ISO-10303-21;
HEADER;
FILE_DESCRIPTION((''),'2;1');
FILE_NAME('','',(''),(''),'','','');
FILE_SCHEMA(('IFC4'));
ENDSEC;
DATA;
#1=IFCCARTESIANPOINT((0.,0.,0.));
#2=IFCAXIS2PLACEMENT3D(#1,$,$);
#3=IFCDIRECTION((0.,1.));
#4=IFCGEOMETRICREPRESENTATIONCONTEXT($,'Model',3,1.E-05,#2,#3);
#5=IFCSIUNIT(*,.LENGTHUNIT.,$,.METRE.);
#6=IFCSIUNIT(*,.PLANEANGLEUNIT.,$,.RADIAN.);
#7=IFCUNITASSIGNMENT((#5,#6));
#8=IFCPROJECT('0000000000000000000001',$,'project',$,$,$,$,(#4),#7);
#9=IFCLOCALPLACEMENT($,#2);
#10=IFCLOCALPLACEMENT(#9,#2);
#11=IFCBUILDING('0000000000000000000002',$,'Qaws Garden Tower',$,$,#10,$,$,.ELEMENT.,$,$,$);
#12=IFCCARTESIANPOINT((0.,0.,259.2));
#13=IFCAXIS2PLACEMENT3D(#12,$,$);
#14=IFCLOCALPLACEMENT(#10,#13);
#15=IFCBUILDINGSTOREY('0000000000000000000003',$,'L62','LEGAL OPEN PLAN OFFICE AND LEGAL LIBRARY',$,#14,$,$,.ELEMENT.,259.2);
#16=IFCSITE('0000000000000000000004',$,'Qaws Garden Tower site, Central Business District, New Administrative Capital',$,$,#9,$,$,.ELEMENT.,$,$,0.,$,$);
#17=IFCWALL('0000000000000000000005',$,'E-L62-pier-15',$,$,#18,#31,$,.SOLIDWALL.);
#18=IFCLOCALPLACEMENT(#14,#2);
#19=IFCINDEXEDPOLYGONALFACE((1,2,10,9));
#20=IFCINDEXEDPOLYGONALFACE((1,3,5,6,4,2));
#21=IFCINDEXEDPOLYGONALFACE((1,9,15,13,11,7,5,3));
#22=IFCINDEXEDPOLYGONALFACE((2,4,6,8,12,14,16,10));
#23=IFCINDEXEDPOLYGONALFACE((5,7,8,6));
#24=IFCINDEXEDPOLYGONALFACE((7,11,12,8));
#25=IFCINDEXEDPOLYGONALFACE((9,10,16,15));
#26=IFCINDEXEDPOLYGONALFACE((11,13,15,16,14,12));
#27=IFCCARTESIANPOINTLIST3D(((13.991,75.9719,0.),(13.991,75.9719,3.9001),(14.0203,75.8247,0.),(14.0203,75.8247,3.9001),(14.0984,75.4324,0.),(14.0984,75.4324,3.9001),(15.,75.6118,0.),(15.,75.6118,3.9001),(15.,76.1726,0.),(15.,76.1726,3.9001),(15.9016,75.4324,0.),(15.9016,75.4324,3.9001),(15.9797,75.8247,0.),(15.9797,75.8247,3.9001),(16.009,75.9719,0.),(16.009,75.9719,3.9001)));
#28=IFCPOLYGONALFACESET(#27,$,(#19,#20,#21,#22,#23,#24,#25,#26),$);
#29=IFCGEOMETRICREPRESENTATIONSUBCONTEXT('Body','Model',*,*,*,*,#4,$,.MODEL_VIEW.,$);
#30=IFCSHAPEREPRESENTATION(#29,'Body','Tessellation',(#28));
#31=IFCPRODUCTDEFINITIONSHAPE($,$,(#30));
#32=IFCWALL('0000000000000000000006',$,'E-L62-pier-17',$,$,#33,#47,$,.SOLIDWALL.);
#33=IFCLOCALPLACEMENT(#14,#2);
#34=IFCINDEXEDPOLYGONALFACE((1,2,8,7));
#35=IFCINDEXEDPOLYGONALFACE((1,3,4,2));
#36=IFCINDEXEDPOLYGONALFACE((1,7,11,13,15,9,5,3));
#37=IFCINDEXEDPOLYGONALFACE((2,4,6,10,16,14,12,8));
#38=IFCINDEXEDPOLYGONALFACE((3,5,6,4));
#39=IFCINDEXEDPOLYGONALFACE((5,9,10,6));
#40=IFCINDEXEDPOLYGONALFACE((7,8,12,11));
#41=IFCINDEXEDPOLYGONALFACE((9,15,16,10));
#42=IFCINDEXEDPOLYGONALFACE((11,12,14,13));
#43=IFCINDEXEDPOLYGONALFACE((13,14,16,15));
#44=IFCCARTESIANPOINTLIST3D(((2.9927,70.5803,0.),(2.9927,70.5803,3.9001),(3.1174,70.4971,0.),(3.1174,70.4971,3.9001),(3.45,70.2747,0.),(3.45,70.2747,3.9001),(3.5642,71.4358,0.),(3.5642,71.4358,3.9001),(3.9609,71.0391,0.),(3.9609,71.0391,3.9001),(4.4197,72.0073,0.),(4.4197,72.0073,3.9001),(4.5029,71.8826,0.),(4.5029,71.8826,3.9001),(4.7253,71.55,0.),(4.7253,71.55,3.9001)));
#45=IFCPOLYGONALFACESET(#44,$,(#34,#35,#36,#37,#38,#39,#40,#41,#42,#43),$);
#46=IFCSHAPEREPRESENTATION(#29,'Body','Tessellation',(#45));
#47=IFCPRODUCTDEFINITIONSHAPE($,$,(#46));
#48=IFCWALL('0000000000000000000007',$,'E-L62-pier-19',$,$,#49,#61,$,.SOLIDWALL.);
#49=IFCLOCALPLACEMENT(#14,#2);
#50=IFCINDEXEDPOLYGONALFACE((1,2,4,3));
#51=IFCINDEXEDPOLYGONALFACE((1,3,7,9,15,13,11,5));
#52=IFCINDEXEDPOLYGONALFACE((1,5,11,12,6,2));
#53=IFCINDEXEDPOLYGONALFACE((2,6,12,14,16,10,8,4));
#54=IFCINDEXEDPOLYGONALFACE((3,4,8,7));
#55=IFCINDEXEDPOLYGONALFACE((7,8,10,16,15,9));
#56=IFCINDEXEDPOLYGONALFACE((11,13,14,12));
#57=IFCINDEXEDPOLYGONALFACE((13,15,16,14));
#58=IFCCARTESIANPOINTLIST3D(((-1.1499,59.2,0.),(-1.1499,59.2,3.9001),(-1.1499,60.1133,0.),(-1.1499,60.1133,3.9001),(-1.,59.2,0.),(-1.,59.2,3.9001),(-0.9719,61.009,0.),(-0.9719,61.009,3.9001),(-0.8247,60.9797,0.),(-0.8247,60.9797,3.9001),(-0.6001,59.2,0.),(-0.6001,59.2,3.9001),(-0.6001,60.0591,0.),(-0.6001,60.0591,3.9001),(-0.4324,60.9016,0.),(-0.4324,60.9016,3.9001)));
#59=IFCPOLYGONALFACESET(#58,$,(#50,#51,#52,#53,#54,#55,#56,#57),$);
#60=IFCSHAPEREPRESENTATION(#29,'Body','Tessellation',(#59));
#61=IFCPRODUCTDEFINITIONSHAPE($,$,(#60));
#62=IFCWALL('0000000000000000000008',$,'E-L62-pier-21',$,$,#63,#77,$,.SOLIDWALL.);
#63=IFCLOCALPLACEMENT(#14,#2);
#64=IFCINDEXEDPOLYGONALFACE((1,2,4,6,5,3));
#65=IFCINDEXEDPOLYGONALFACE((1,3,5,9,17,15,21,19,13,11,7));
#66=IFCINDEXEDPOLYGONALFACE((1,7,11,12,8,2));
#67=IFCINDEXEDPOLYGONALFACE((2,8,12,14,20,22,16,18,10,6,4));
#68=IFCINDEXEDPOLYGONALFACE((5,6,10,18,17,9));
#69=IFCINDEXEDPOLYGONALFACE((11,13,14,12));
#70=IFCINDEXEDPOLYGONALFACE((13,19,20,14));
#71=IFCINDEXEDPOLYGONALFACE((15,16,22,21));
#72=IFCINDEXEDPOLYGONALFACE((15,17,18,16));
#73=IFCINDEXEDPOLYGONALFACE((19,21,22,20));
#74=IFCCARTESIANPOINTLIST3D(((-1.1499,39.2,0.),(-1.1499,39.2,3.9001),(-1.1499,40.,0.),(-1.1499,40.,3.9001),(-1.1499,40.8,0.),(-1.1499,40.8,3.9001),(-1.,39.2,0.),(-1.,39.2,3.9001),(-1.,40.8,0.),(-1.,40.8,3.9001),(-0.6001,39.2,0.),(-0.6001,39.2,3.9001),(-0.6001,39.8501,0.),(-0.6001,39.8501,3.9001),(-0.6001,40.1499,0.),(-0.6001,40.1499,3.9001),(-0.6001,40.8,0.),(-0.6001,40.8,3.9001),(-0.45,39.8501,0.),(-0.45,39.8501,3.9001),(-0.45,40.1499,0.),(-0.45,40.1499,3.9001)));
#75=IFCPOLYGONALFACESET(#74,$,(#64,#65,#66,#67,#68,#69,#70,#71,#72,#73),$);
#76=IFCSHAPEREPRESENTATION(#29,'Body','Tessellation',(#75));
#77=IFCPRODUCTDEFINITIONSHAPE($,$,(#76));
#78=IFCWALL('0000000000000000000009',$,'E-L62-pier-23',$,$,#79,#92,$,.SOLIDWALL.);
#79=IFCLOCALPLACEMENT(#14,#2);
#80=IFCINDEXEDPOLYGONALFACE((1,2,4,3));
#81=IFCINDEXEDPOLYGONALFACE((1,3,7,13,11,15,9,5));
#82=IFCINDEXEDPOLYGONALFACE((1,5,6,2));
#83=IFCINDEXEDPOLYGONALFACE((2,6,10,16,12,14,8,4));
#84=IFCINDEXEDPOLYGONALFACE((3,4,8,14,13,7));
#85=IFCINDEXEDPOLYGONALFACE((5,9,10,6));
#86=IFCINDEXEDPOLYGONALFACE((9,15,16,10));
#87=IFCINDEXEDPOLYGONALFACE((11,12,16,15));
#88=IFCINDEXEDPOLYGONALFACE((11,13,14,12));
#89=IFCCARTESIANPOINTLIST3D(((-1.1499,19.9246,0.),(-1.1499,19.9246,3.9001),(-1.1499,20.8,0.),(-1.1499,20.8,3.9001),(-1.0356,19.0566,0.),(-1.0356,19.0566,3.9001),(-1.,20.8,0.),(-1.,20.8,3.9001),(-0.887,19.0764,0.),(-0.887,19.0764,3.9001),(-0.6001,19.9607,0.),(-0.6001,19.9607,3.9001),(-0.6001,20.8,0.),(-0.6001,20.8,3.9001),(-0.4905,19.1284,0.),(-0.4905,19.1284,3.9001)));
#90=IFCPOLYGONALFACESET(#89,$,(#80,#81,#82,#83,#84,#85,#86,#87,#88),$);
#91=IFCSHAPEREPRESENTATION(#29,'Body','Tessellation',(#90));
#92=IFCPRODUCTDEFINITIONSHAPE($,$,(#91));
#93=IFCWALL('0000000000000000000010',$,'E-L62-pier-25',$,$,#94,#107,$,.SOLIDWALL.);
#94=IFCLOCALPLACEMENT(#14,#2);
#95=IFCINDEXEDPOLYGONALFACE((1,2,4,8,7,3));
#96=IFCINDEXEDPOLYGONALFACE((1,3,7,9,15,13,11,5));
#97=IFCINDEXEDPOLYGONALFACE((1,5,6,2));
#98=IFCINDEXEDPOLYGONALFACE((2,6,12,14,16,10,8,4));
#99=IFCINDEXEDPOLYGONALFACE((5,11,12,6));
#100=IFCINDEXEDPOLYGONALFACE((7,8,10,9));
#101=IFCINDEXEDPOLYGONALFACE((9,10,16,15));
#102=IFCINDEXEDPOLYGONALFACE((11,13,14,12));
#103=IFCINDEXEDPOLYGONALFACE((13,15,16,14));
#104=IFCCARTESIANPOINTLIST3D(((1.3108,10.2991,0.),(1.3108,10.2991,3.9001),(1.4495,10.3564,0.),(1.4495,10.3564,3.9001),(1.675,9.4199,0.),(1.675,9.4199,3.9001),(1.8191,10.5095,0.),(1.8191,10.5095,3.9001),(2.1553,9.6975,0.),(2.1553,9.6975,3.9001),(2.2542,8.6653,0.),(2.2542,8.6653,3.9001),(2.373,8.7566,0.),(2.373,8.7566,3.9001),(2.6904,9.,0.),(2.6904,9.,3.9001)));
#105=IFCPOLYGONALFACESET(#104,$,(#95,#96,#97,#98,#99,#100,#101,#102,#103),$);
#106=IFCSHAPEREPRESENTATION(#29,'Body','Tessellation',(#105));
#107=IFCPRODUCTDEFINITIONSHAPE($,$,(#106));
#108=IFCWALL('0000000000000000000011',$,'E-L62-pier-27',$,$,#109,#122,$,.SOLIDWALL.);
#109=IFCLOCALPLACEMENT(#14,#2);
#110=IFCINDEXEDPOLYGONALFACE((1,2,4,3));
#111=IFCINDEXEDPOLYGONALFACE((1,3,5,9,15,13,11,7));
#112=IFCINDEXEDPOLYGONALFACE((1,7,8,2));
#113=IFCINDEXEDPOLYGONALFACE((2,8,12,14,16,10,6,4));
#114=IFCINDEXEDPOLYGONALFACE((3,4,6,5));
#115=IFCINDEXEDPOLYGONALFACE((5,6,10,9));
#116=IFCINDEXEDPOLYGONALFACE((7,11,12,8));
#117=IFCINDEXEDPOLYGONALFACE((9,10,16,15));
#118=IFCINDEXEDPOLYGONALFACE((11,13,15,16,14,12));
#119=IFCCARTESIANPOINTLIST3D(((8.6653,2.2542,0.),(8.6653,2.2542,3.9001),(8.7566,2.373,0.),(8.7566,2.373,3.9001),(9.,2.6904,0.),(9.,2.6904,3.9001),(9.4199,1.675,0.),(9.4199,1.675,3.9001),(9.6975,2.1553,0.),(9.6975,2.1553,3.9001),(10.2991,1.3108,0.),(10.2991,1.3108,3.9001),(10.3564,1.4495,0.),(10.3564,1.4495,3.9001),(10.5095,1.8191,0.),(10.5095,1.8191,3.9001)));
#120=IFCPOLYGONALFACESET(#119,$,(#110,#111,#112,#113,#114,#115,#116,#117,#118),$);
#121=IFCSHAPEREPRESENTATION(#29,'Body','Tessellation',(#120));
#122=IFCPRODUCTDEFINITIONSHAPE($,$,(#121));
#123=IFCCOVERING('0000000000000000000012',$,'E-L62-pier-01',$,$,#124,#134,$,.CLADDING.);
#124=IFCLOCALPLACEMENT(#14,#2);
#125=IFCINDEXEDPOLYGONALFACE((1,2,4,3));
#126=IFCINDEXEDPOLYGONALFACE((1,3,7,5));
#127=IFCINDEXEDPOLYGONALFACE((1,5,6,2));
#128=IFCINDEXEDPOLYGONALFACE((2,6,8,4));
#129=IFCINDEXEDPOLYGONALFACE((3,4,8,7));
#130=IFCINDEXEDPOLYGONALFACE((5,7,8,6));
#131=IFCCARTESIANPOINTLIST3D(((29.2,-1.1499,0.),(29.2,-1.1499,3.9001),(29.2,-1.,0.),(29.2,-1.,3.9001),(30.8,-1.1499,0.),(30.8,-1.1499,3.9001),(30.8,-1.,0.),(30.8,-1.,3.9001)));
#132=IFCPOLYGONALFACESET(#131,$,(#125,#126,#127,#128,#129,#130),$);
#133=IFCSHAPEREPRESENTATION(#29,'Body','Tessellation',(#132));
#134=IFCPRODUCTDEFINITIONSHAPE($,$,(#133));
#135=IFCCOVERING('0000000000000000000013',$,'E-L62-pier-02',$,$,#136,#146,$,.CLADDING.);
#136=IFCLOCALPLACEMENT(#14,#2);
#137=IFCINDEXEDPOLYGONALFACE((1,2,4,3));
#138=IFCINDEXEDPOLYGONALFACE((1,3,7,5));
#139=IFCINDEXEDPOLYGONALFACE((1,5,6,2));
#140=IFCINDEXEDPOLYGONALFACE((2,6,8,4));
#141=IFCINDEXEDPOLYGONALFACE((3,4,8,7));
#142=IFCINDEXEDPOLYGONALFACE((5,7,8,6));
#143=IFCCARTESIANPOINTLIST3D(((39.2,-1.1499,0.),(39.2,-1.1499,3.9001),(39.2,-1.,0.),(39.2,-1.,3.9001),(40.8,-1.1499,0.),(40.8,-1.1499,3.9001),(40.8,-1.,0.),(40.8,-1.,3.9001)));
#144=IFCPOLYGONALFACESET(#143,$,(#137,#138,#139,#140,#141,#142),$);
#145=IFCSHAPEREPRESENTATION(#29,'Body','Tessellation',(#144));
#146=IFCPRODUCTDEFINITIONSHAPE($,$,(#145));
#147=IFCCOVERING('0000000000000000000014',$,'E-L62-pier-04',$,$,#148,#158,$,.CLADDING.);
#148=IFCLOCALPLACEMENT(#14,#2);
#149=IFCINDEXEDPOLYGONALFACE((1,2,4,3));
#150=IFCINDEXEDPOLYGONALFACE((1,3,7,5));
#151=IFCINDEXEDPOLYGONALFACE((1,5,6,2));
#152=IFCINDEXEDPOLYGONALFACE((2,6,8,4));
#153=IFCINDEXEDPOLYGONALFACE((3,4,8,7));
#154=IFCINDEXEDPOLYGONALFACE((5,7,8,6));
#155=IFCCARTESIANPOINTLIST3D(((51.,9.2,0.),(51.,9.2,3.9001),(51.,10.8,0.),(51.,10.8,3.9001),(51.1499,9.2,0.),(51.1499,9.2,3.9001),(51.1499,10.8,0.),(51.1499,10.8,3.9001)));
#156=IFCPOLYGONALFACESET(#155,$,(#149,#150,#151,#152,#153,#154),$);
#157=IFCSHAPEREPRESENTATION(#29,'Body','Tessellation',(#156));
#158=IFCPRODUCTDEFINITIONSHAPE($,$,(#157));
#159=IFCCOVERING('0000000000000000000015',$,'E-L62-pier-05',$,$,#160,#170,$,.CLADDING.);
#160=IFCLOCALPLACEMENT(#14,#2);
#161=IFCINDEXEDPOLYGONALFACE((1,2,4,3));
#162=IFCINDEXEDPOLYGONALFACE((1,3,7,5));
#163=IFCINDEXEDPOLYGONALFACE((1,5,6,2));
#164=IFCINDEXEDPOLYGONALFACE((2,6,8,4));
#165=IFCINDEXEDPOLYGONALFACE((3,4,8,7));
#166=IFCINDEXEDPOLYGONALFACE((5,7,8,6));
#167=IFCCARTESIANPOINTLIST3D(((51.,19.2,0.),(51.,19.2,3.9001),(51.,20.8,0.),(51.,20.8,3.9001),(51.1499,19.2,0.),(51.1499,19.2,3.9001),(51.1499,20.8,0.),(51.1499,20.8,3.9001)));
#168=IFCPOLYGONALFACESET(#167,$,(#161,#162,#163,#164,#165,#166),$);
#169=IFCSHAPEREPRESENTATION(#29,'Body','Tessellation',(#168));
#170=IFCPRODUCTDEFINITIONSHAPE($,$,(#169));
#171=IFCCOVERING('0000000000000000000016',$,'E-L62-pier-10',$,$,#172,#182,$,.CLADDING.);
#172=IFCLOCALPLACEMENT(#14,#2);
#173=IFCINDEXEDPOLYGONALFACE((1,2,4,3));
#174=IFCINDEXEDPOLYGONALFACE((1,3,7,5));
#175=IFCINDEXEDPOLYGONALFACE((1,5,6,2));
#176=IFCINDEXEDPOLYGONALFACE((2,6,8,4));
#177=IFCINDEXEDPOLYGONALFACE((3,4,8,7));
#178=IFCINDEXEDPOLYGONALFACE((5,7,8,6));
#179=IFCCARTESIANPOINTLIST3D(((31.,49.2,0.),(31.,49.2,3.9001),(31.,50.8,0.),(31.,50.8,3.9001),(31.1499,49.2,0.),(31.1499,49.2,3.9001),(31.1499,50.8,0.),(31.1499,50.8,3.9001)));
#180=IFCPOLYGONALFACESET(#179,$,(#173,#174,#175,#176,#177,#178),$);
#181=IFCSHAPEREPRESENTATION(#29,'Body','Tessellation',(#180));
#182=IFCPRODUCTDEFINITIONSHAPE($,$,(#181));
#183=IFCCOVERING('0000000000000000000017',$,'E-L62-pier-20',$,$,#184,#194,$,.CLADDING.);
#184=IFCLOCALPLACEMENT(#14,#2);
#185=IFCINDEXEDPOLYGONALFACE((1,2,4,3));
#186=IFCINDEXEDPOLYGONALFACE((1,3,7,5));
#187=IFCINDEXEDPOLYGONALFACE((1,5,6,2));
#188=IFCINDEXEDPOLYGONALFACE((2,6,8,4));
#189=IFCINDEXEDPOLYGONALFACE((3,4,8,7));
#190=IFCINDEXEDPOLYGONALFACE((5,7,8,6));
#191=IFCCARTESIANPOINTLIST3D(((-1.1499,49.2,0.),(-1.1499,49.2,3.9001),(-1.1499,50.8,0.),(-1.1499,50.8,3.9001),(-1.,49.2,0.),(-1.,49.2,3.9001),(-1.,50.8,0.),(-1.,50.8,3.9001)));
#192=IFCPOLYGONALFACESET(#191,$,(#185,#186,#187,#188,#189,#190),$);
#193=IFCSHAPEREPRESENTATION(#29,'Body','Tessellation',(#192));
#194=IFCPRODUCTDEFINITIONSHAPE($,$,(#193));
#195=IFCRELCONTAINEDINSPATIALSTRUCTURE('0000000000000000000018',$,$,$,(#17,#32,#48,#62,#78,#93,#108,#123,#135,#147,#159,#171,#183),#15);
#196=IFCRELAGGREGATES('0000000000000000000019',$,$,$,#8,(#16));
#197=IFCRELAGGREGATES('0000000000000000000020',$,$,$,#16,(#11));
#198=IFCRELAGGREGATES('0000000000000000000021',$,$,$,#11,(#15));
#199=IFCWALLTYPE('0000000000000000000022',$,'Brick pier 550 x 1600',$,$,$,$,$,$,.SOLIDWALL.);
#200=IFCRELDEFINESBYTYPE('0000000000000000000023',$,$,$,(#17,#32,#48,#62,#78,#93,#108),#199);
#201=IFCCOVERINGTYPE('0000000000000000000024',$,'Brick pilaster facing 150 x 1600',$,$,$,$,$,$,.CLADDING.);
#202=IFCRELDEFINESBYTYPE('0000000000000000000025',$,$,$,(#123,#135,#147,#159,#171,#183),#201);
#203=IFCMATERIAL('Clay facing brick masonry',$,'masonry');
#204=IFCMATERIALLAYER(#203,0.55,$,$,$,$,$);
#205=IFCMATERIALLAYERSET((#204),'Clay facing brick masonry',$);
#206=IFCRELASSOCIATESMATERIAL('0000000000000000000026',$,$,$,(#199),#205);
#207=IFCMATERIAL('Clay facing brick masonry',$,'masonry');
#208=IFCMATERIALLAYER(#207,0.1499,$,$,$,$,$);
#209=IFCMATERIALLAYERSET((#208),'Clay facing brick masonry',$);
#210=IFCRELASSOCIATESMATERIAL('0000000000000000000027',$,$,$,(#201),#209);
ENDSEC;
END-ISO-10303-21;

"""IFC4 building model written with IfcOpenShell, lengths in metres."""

from ifc_helpers import new_model, si_unit, direction, frame, origin, place, context, subcontext, project, spatial, polyline, outline, extrude, material, layer, layer_set, type_object, element, save


model = new_model("IFC4")

# Units and contexts
model_context = context("Model", 3, precision=1e-05, world=origin(), true_north=direction((0.0, 1.0)))
body_context = subcontext(model_context, "Body", "Model", "MODEL_VIEW")
ifc_project = project(units=[si_unit("LENGTHUNIT", "METRE"), si_unit("PLANEANGLEUNIT", "RADIAN")], contexts=[model_context])

# Site, building, storey
site_placement = place(None, origin())
site = spatial("IfcSite", under=ifc_project, at=site_placement, Name="Qaws Garden Tower site, Central Business District, New Administrative Capital", CompositionType="ELEMENT", RefElevation=0.0)
building_placement = place(site_placement, origin())
building = spatial("IfcBuilding", under=site, at=building_placement, Name="Qaws Garden Tower", CompositionType="ELEMENT")
storey_placement = place(building_placement, frame((0.0, 0.0, 259.2)))
storey = spatial("IfcBuildingStorey", under=building, at=storey_placement, Name="L62", Description="LEGAL OPEN PLAN OFFICE AND LEGAL LIBRARY", CompositionType="ELEMENT", Elevation=259.2)

# Walls
placement = place(storey_placement, origin())
ifc_material_1 = material(Name="Clay facing brick masonry", Category="masonry")
ifc_layer_1 = layer(ifc_material_1, 0.55)
ifc_layer_set_1 = layer_set([ifc_layer_1], Name="Clay facing brick masonry")
wall_type_1 = type_object("IfcWallType", Name="Brick pier 550 x 1600", PredefinedType="SOLIDWALL", material=ifc_layer_set_1)
element("IfcWall", 1, at=placement, inside=storey, type_object=wall_type_1, Name="E-L62-pier-15", PredefinedType="SOLIDWALL", context=body_context, shape_type="SweptSolid", body=[
    extrude(outline(polyline([(15.9797, 75.8247), (16.009, 75.9719), (15.0, 76.1726), (13.991, 75.9719), (14.0203, 75.8247), (14.0984, 75.4324), (15.0, 75.6118), (15.9016, 75.4324), (15.9797, 75.8247)])), origin(), (0.0, 0.0, 1.0), 3.9001),
])
element("IfcWall", 2, at=placement, inside=storey, type_object=wall_type_1, Name="E-L62-pier-17", PredefinedType="SOLIDWALL", context=body_context, shape_type="SweptSolid", body=[
    extrude(outline(polyline([(4.5029, 71.8826), (4.4197, 72.0073), (3.5642, 71.4358), (2.9927, 70.5803), (3.1174, 70.4971), (3.45, 70.2747), (3.9609, 71.0391), (4.7253, 71.55), (4.5029, 71.8826)])), origin(), (0.0, 0.0, 1.0), 3.9001),
])
element("IfcWall", 3, at=placement, inside=storey, type_object=wall_type_1, Name="E-L62-pier-19", PredefinedType="SOLIDWALL", context=body_context, shape_type="SweptSolid", body=[
    extrude(outline(polyline([(-0.8247, 60.9797), (-0.9719, 61.009), (-1.1499, 60.1133), (-1.1499, 59.2), (-1.0, 59.2), (-0.6001, 59.2), (-0.6001, 60.0591), (-0.4324, 60.9016), (-0.8247, 60.9797)])), origin(), (0.0, 0.0, 1.0), 3.9001),
])
element("IfcWall", 4, at=placement, inside=storey, type_object=wall_type_1, Name="E-L62-pier-21", PredefinedType="SOLIDWALL", context=body_context, shape_type="SweptSolid", body=[
    extrude(outline(polyline([(-0.6001, 39.2), (-0.6001, 39.8501), (-0.45, 39.8501), (-0.45, 40.1499), (-0.6001, 40.1499), (-0.6001, 40.8), (-1.0, 40.8), (-1.1499, 40.8), (-1.1499, 40.0), (-1.1499, 39.2), (-1.0, 39.2), (-0.6001, 39.2)])), origin(), (0.0, 0.0, 1.0), 3.9001),
])
element("IfcWall", 5, at=placement, inside=storey, type_object=wall_type_1, Name="E-L62-pier-23", PredefinedType="SOLIDWALL", context=body_context, shape_type="SweptSolid", body=[
    extrude(outline(polyline([(-1.0, 20.8), (-1.1499, 20.8), (-1.1499, 19.9246), (-1.0356, 19.0566), (-0.887, 19.0764), (-0.4905, 19.1284), (-0.6001, 19.9607), (-0.6001, 20.8), (-1.0, 20.8)])), origin(), (0.0, 0.0, 1.0), 3.9001),
])
element("IfcWall", 6, at=placement, inside=storey, type_object=wall_type_1, Name="E-L62-pier-25", PredefinedType="SOLIDWALL", context=body_context, shape_type="SweptSolid", body=[
    extrude(outline(polyline([(1.4495, 10.3564), (1.3108, 10.2991), (1.675, 9.4199), (2.2542, 8.6653), (2.373, 8.7566), (2.6904, 9.0), (2.1553, 9.6975), (1.8191, 10.5095), (1.4495, 10.3564)])), origin(), (0.0, 0.0, 1.0), 3.9001),
])
element("IfcWall", 7, at=placement, inside=storey, type_object=wall_type_1, Name="E-L62-pier-27", PredefinedType="SOLIDWALL", context=body_context, shape_type="SweptSolid", body=[
    extrude(outline(polyline([(8.7566, 2.373), (8.6653, 2.2542), (9.4199, 1.675), (10.2991, 1.3108), (10.3564, 1.4495), (10.5095, 1.8191), (9.6975, 2.1553), (9.0, 2.6904), (8.7566, 2.373)])), origin(), (0.0, 0.0, 1.0), 3.9001),
])

# Coverings
ifc_material_2 = material(Name="Clay facing brick masonry", Category="masonry")
ifc_layer_2 = layer(ifc_material_2, 0.1499)
ifc_layer_set_2 = layer_set([ifc_layer_2], Name="Clay facing brick masonry")
covering_type = type_object("IfcCoveringType", Name="Brick pilaster facing 150 x 1600", PredefinedType="CLADDING", material=ifc_layer_set_2)
element("IfcCovering", 8, at=placement, inside=storey, type_object=covering_type, Name="E-L62-pier-01", PredefinedType="CLADDING", context=body_context, shape_type="SweptSolid", body=[
    extrude(outline(polyline([(29.2, -1.0), (30.8, -1.0), (30.8, -1.1499), (29.2, -1.1499), (29.2, -1.0)])), origin(), (0.0, 0.0, 1.0), 3.9001),
])
element("IfcCovering", 9, at=placement, inside=storey, type_object=covering_type, Name="E-L62-pier-02", PredefinedType="CLADDING", context=body_context, shape_type="SweptSolid", body=[
    extrude(outline(polyline([(39.2, -1.0), (40.8, -1.0), (40.8, -1.1499), (39.2, -1.1499), (39.2, -1.0)])), origin(), (0.0, 0.0, 1.0), 3.9001),
])
element("IfcCovering", 10, at=placement, inside=storey, type_object=covering_type, Name="E-L62-pier-04", PredefinedType="CLADDING", context=body_context, shape_type="SweptSolid", body=[
    extrude(outline(polyline([(51.0, 9.2), (51.0, 10.8), (51.1499, 10.8), (51.1499, 9.2), (51.0, 9.2)])), origin(), (0.0, 0.0, 1.0), 3.9001),
])
element("IfcCovering", 11, at=placement, inside=storey, type_object=covering_type, Name="E-L62-pier-05", PredefinedType="CLADDING", context=body_context, shape_type="SweptSolid", body=[
    extrude(outline(polyline([(51.0, 19.2), (51.0, 20.8), (51.1499, 20.8), (51.1499, 19.2), (51.0, 19.2)])), origin(), (0.0, 0.0, 1.0), 3.9001),
])
element("IfcCovering", 12, at=placement, inside=storey, type_object=covering_type, Name="E-L62-pier-10", PredefinedType="CLADDING", context=body_context, shape_type="SweptSolid", body=[
    extrude(outline(polyline([(31.0, 49.2), (31.0, 50.8), (31.1499, 50.8), (31.1499, 49.2), (31.0, 49.2)])), origin(), (0.0, 0.0, 1.0), 3.9001),
])
element("IfcCovering", 13, at=placement, inside=storey, type_object=covering_type, Name="E-L62-pier-20", PredefinedType="CLADDING", context=body_context, shape_type="SweptSolid", body=[
    extrude(outline(polyline([(-1.0, 50.8), (-1.0, 49.2), (-1.1499, 49.2), (-1.1499, 50.8), (-1.0, 50.8)])), origin(), (0.0, 0.0, 1.0), 3.9001),
])

save(model, "model.ifc")
